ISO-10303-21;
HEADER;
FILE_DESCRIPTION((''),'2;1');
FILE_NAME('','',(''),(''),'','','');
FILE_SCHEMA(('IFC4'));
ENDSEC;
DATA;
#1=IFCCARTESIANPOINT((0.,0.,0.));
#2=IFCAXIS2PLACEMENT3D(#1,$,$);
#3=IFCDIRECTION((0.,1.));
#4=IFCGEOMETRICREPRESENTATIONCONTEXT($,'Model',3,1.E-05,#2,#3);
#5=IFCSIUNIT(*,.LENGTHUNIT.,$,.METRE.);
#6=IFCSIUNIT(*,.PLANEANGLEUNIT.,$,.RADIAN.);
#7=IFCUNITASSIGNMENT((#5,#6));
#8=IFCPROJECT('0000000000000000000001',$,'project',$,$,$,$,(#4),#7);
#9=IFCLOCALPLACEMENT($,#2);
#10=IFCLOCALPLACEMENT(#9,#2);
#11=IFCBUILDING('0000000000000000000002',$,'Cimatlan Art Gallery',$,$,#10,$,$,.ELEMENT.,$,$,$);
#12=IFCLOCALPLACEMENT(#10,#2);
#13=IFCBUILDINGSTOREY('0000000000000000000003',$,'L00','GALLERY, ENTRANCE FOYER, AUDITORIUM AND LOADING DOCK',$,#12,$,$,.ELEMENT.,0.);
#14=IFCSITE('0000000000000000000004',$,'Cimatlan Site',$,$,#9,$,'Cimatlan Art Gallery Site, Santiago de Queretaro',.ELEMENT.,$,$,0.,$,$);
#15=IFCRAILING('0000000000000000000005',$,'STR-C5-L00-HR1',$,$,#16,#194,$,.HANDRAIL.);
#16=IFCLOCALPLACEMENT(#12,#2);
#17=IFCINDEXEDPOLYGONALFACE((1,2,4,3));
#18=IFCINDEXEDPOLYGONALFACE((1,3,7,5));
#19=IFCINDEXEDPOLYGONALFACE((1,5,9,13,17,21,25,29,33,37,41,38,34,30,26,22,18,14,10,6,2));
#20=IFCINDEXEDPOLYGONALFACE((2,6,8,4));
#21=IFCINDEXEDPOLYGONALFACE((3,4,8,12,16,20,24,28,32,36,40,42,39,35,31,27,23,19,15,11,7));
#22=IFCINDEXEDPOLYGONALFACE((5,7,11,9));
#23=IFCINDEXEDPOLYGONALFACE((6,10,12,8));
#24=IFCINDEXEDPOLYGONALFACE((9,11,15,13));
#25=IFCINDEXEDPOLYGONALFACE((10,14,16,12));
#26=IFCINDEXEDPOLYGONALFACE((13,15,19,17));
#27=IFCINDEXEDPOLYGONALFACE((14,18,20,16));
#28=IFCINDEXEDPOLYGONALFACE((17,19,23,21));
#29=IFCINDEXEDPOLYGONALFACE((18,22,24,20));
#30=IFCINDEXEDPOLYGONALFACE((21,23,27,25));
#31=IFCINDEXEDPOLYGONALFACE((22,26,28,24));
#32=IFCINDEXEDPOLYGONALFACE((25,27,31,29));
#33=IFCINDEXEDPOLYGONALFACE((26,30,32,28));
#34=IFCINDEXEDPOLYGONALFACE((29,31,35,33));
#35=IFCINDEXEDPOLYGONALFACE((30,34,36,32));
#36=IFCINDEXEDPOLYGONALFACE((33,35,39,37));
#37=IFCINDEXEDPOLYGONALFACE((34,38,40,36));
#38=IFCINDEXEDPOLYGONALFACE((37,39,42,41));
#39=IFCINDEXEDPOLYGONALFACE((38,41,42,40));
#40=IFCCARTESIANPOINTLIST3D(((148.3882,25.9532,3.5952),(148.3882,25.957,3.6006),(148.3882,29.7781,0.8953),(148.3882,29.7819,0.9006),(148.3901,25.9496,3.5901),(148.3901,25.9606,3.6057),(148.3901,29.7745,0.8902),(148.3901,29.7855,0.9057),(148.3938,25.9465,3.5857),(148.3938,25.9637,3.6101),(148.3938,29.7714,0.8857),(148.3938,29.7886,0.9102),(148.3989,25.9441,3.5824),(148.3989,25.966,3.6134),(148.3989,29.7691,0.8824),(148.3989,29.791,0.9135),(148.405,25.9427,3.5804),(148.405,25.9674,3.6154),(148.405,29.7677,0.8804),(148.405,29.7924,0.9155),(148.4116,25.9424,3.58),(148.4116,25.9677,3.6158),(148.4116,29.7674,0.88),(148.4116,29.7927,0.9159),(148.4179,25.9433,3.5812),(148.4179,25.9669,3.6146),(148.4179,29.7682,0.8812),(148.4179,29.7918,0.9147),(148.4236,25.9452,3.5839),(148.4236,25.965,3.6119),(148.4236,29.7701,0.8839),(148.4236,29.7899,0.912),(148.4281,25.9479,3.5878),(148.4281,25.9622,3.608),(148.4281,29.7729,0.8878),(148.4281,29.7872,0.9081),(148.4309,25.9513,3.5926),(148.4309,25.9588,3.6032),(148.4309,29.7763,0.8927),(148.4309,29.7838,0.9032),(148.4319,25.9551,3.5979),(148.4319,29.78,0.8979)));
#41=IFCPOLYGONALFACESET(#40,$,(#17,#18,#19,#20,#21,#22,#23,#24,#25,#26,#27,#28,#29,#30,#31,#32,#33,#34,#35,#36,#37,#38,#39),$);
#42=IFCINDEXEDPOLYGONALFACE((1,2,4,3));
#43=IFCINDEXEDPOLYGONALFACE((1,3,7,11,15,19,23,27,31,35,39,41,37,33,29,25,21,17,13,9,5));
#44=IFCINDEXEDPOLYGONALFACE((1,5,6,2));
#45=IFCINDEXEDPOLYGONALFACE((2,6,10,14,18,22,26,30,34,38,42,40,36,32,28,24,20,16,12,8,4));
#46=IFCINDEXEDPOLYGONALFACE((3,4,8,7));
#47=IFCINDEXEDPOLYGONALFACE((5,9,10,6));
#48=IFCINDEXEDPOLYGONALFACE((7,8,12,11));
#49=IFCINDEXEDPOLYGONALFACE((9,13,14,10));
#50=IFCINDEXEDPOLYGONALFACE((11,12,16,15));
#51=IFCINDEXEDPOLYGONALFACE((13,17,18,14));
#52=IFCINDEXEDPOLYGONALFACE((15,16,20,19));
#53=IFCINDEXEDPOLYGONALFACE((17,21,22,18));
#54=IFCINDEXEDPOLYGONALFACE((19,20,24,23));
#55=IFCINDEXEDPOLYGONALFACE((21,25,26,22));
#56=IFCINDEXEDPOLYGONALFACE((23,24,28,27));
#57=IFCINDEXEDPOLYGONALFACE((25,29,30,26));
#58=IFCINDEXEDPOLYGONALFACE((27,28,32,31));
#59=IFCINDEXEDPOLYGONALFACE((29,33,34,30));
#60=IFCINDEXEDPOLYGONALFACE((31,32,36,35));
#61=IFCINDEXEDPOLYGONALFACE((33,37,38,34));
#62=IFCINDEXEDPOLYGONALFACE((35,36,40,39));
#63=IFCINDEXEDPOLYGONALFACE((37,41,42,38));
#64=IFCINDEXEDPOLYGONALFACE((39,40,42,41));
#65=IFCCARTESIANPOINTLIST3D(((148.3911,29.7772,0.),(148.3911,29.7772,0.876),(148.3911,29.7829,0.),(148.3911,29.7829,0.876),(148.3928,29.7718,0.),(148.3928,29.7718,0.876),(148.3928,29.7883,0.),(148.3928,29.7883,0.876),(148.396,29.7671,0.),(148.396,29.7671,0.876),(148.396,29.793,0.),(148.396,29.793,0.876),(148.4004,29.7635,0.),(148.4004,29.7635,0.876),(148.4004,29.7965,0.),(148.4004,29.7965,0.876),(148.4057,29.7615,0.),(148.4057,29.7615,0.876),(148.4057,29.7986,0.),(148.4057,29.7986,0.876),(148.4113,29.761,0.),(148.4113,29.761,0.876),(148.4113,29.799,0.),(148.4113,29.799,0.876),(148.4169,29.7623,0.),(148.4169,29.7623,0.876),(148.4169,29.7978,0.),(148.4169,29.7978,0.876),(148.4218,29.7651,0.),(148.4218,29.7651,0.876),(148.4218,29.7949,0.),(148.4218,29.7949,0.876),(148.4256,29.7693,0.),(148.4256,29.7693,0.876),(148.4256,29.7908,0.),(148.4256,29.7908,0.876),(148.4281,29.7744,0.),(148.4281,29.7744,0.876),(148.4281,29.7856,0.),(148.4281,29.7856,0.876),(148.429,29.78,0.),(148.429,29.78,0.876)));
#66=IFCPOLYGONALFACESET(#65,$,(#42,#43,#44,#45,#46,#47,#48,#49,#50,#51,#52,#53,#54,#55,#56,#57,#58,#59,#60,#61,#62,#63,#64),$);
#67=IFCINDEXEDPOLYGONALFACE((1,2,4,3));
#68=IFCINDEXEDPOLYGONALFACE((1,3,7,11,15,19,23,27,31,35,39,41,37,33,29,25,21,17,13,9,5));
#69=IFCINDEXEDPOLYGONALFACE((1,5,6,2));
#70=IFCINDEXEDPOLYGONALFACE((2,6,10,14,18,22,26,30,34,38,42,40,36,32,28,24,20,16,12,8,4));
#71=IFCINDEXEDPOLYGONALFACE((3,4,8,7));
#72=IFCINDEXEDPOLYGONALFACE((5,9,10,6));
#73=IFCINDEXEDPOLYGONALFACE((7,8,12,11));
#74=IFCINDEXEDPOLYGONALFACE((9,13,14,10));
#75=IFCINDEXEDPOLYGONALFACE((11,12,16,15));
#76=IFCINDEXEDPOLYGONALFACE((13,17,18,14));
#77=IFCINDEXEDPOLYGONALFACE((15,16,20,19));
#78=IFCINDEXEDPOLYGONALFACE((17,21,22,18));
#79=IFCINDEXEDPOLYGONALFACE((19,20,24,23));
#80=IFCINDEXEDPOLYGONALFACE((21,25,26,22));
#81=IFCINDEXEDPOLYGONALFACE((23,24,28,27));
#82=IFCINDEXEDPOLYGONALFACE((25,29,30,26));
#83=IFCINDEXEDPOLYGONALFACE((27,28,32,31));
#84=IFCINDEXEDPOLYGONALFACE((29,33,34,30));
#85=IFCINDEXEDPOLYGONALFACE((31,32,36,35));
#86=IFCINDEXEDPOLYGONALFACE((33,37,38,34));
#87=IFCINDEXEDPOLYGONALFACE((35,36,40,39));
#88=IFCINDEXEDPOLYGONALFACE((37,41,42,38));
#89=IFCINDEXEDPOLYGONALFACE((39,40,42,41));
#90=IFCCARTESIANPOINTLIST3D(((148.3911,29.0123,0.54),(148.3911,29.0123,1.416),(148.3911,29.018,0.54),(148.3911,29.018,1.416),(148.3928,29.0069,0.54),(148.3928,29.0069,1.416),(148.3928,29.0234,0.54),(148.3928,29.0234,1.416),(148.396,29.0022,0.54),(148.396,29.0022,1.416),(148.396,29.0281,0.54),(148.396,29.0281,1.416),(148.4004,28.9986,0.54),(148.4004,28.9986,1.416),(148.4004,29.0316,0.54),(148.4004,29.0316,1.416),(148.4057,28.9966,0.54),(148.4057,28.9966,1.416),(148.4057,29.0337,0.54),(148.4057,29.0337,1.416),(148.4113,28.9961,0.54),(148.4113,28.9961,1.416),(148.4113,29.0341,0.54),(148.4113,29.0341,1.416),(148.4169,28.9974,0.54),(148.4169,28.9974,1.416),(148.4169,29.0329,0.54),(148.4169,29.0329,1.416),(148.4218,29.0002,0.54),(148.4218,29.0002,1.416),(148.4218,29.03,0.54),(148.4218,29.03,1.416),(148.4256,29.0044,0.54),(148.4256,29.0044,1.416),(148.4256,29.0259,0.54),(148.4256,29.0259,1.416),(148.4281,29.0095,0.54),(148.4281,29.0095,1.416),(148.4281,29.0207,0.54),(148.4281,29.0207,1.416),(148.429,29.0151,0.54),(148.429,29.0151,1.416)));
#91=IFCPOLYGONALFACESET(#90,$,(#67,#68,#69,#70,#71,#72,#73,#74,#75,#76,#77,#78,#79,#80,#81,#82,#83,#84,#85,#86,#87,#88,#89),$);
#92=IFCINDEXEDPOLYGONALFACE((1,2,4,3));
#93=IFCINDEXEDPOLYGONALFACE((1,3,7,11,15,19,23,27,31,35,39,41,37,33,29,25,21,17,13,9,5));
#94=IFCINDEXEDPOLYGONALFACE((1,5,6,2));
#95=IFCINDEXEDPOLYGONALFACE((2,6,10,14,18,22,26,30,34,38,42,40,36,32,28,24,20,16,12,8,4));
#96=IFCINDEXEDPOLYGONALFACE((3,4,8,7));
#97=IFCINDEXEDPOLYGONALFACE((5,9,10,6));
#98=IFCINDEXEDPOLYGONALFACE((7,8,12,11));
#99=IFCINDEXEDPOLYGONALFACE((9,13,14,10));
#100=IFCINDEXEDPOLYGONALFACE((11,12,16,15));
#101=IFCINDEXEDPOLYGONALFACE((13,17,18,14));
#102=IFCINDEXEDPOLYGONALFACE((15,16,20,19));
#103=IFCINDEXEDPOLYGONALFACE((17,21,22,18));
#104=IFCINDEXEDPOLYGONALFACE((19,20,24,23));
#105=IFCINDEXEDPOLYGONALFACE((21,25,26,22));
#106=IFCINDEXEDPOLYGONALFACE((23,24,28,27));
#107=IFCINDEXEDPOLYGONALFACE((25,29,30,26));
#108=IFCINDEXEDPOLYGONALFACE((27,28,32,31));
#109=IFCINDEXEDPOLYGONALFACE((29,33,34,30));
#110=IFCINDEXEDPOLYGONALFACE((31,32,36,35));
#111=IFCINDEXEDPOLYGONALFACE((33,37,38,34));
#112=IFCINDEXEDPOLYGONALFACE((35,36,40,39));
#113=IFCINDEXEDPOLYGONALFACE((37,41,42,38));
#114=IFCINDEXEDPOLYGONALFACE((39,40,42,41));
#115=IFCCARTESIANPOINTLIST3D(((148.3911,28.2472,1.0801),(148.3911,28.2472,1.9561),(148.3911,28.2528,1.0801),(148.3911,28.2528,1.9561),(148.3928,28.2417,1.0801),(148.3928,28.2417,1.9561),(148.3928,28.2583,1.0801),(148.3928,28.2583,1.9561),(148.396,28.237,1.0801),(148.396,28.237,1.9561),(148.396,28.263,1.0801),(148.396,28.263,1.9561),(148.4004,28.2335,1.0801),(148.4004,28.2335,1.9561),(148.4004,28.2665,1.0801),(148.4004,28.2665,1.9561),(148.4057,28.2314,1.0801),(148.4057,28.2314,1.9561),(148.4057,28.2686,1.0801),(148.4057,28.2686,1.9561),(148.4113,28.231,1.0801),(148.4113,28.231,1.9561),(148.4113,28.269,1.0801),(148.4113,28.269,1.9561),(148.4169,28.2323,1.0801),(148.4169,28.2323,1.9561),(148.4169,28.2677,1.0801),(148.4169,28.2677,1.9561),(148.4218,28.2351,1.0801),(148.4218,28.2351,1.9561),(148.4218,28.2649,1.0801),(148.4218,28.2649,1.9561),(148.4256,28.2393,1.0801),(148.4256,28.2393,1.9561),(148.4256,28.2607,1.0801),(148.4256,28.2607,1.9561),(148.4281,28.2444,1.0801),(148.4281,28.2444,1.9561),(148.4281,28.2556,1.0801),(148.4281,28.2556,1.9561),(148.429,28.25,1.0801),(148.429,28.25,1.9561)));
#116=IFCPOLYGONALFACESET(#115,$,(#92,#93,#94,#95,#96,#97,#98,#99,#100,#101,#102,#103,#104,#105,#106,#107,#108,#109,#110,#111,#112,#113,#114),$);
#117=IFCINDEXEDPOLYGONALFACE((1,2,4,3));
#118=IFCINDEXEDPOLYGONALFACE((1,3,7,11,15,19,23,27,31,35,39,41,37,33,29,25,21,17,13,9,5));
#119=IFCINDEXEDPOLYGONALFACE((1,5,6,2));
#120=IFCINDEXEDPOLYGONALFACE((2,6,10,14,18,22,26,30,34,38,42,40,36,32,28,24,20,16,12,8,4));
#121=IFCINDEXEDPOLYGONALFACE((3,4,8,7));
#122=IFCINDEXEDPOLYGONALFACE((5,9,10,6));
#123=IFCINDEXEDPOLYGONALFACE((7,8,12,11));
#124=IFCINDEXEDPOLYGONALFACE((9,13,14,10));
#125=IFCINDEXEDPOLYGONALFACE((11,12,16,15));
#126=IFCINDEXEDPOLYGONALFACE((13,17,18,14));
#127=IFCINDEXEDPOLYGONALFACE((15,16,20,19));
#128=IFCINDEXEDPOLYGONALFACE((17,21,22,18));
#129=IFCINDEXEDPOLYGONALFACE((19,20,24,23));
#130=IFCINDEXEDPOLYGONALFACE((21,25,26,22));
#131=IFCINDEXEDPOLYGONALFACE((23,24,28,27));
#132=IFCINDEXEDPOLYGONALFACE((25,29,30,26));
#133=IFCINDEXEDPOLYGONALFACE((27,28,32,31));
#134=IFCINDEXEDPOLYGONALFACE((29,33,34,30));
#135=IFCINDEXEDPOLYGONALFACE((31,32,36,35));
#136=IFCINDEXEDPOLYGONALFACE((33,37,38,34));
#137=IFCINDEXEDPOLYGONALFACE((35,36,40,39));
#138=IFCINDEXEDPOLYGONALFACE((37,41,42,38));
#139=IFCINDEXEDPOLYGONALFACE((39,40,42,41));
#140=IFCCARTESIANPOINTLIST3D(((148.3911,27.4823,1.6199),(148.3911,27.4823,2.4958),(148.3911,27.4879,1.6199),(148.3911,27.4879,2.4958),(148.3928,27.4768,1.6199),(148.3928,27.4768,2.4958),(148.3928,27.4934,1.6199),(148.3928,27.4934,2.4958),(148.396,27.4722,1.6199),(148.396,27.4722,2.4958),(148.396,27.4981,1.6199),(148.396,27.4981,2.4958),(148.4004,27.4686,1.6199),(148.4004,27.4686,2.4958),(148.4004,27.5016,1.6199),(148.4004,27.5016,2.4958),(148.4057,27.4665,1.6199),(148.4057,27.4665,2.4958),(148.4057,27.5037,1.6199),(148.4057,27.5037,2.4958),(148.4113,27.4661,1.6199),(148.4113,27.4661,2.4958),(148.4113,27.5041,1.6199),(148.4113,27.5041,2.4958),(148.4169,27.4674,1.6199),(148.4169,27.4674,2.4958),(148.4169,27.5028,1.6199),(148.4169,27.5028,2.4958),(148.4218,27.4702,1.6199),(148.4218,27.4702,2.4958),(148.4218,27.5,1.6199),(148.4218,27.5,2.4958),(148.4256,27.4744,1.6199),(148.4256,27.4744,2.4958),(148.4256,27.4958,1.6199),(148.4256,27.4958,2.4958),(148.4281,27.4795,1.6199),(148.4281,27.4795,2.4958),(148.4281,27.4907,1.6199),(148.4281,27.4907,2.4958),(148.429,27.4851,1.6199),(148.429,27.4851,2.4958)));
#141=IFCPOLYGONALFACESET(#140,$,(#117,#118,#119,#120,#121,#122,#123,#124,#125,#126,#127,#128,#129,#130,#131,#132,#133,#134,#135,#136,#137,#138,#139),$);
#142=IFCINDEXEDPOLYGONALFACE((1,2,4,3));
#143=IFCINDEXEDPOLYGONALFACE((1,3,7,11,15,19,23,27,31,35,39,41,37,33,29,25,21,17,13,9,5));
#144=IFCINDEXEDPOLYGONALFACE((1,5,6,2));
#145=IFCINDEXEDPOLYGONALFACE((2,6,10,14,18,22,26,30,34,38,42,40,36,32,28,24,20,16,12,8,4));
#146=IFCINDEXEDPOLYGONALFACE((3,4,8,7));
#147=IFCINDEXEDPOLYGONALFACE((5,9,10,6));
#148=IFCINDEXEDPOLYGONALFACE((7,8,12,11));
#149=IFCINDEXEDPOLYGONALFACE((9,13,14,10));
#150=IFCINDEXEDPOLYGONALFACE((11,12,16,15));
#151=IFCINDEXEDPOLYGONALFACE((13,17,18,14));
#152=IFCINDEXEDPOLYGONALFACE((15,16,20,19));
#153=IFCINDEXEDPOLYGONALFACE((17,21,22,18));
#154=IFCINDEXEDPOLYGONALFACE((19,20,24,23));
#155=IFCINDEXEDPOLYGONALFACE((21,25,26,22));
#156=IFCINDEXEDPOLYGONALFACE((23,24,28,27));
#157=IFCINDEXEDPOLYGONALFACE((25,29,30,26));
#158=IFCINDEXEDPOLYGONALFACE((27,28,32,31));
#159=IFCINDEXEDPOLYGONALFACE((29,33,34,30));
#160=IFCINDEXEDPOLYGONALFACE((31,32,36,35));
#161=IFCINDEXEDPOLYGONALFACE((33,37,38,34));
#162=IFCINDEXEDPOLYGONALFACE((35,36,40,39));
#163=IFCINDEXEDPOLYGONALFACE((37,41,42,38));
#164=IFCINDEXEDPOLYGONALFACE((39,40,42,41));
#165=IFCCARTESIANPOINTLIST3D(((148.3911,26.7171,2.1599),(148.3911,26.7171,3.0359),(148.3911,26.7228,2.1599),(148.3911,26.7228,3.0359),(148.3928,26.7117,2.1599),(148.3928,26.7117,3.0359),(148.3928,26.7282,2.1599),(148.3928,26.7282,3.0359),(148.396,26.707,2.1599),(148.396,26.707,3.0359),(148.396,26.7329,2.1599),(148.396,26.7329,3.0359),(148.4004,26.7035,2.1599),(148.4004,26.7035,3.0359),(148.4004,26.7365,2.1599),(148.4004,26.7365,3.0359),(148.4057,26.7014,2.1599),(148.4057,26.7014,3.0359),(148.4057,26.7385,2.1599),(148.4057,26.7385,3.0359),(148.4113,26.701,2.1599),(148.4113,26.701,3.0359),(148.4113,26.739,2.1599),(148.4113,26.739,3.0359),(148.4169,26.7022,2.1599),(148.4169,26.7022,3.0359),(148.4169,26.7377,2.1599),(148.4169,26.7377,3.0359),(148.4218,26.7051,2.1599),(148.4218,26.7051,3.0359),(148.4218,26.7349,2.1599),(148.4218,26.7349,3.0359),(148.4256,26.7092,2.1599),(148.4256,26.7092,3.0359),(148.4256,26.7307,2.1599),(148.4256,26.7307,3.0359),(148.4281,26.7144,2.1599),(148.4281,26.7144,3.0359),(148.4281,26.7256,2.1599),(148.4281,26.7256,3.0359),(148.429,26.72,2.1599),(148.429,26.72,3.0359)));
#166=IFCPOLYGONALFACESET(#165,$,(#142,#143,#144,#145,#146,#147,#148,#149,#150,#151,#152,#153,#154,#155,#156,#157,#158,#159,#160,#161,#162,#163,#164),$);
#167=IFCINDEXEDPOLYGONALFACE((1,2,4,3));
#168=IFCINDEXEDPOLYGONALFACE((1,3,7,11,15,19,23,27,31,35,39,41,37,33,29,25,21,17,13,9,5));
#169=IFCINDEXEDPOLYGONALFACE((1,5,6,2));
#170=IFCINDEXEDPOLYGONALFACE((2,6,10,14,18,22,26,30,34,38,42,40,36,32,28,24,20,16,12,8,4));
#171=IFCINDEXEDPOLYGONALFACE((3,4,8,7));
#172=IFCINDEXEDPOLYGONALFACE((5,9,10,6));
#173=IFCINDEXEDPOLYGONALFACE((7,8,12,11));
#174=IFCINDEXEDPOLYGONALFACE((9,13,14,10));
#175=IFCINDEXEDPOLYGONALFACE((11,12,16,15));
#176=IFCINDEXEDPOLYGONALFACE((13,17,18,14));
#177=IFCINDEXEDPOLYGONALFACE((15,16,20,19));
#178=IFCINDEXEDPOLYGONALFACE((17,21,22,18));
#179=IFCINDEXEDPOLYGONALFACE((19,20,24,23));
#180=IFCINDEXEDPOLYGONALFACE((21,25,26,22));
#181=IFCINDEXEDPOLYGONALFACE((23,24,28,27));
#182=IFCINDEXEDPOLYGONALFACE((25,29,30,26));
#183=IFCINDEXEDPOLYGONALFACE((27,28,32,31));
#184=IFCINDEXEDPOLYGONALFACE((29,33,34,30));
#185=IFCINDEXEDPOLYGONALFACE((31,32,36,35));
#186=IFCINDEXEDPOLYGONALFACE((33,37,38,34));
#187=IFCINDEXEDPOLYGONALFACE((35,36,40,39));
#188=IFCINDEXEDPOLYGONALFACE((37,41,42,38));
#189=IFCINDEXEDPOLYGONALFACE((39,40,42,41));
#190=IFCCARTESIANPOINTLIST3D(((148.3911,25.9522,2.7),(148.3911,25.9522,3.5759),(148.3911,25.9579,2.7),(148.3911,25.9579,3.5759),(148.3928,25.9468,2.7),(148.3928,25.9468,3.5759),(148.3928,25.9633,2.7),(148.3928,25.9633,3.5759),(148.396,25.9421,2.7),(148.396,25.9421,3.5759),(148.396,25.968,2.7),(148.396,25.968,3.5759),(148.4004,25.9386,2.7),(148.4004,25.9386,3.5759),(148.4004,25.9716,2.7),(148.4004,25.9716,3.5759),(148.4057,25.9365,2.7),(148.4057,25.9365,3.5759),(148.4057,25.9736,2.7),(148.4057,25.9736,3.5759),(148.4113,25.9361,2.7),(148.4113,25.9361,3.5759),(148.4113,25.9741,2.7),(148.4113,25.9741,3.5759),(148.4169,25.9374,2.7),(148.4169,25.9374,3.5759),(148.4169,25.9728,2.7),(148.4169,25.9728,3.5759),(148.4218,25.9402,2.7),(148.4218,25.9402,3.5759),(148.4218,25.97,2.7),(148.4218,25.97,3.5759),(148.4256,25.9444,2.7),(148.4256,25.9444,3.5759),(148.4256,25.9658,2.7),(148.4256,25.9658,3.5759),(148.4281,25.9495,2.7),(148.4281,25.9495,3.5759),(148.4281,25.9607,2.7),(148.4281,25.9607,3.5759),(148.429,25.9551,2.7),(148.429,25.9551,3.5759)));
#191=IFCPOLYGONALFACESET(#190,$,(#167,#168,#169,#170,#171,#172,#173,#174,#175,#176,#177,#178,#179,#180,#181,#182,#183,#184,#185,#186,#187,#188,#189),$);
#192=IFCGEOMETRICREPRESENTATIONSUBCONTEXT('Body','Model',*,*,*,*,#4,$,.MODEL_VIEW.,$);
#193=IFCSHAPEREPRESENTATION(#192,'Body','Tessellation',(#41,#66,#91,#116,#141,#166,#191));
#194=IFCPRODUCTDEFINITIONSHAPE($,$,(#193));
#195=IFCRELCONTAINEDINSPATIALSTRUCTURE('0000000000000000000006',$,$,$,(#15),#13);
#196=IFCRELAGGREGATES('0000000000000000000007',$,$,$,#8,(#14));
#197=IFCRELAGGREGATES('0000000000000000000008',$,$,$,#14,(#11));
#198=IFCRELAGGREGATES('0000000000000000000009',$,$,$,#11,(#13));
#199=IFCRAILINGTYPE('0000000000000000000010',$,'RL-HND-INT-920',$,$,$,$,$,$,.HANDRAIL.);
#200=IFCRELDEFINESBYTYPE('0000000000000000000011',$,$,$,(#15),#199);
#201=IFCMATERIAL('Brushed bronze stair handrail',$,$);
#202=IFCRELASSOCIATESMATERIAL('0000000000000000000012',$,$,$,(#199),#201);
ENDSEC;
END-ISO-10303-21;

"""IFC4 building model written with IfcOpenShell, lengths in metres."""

from ifc_helpers import new_model, si_unit, direction, frame, origin, origin_2d, place, context, subcontext, project, spatial, circle, extrude, material, type_object, element, save


model = new_model("IFC4")

# Units and contexts
model_context = context("Model", 3, precision=1e-05, world=origin(), true_north=direction((0.0, 1.0)))
body_context = subcontext(model_context, "Body", "Model", "MODEL_VIEW")
ifc_project = project(units=[si_unit("LENGTHUNIT", "METRE"), si_unit("PLANEANGLEUNIT", "RADIAN")], contexts=[model_context])

# Site, building, storey
site_placement = place(None, origin())
site = spatial("IfcSite", under=ifc_project, at=site_placement, Name="Cimatlan Site", LongName="Cimatlan Art Gallery Site, Santiago de Queretaro", CompositionType="ELEMENT", RefElevation=0.0)
building_placement = place(site_placement, origin())
building = spatial("IfcBuilding", under=site, at=building_placement, Name="Cimatlan Art Gallery", CompositionType="ELEMENT")
storey_placement = place(building_placement, origin())
storey = spatial("IfcBuildingStorey", under=building, at=storey_placement, Name="L00", Description="GALLERY, ENTRANCE FOYER, AUDITORIUM AND LOADING DOCK", CompositionType="ELEMENT", Elevation=0.0)

# Railing
ifc_material_1 = material(Name="Brushed bronze stair handrail")
railing_type_1 = type_object("IfcRailingType", Name="RL-HND-INT-920", PredefinedType="HANDRAIL", material=ifc_material_1)
railing_1_placement = place(storey_placement, frame((148.4099, 29.78, 0.0)))
element("IfcRailing", 1, at=railing_1_placement, inside=storey, type_object=railing_type_1, Name="STR-C5-L00-HR1", PredefinedType="HANDRAIL", context=body_context, shape_type="SweptSolid", body=[
    extrude(circle(Radius=0.022, at=origin_2d()), frame((0.0, 0.0, 0.8979), z_axis=(0.0, -0.816969, 0.576681), x_axis=(1.0, 0.0, 0.0)), (0.0, 0.0, 1.0), 4.6819),
    extrude(circle(Radius=0.019, at=origin_2d()), origin(), (0.0, 0.0, 1.0), 0.876),
    extrude(circle(Radius=0.019, at=origin_2d()), frame((0.0, -0.7649, 0.54)), (0.0, 0.0, 1.0), 0.876),
    extrude(circle(Radius=0.019, at=origin_2d()), frame((0.0, -1.53, 1.0801)), (0.0, 0.0, 1.0), 0.876),
    extrude(circle(Radius=0.019, at=origin_2d()), frame((0.0, -2.2949, 1.6199)), (0.0, 0.0, 1.0), 0.876),
    extrude(circle(Radius=0.019, at=origin_2d()), frame((0.0, -3.0601, 2.1599)), (0.0, 0.0, 1.0), 0.876),
    extrude(circle(Radius=0.019, at=origin_2d()), frame((0.0, -3.825, 2.7)), (0.0, 0.0, 1.0), 0.876),
])

save(model, "model.ifc")
